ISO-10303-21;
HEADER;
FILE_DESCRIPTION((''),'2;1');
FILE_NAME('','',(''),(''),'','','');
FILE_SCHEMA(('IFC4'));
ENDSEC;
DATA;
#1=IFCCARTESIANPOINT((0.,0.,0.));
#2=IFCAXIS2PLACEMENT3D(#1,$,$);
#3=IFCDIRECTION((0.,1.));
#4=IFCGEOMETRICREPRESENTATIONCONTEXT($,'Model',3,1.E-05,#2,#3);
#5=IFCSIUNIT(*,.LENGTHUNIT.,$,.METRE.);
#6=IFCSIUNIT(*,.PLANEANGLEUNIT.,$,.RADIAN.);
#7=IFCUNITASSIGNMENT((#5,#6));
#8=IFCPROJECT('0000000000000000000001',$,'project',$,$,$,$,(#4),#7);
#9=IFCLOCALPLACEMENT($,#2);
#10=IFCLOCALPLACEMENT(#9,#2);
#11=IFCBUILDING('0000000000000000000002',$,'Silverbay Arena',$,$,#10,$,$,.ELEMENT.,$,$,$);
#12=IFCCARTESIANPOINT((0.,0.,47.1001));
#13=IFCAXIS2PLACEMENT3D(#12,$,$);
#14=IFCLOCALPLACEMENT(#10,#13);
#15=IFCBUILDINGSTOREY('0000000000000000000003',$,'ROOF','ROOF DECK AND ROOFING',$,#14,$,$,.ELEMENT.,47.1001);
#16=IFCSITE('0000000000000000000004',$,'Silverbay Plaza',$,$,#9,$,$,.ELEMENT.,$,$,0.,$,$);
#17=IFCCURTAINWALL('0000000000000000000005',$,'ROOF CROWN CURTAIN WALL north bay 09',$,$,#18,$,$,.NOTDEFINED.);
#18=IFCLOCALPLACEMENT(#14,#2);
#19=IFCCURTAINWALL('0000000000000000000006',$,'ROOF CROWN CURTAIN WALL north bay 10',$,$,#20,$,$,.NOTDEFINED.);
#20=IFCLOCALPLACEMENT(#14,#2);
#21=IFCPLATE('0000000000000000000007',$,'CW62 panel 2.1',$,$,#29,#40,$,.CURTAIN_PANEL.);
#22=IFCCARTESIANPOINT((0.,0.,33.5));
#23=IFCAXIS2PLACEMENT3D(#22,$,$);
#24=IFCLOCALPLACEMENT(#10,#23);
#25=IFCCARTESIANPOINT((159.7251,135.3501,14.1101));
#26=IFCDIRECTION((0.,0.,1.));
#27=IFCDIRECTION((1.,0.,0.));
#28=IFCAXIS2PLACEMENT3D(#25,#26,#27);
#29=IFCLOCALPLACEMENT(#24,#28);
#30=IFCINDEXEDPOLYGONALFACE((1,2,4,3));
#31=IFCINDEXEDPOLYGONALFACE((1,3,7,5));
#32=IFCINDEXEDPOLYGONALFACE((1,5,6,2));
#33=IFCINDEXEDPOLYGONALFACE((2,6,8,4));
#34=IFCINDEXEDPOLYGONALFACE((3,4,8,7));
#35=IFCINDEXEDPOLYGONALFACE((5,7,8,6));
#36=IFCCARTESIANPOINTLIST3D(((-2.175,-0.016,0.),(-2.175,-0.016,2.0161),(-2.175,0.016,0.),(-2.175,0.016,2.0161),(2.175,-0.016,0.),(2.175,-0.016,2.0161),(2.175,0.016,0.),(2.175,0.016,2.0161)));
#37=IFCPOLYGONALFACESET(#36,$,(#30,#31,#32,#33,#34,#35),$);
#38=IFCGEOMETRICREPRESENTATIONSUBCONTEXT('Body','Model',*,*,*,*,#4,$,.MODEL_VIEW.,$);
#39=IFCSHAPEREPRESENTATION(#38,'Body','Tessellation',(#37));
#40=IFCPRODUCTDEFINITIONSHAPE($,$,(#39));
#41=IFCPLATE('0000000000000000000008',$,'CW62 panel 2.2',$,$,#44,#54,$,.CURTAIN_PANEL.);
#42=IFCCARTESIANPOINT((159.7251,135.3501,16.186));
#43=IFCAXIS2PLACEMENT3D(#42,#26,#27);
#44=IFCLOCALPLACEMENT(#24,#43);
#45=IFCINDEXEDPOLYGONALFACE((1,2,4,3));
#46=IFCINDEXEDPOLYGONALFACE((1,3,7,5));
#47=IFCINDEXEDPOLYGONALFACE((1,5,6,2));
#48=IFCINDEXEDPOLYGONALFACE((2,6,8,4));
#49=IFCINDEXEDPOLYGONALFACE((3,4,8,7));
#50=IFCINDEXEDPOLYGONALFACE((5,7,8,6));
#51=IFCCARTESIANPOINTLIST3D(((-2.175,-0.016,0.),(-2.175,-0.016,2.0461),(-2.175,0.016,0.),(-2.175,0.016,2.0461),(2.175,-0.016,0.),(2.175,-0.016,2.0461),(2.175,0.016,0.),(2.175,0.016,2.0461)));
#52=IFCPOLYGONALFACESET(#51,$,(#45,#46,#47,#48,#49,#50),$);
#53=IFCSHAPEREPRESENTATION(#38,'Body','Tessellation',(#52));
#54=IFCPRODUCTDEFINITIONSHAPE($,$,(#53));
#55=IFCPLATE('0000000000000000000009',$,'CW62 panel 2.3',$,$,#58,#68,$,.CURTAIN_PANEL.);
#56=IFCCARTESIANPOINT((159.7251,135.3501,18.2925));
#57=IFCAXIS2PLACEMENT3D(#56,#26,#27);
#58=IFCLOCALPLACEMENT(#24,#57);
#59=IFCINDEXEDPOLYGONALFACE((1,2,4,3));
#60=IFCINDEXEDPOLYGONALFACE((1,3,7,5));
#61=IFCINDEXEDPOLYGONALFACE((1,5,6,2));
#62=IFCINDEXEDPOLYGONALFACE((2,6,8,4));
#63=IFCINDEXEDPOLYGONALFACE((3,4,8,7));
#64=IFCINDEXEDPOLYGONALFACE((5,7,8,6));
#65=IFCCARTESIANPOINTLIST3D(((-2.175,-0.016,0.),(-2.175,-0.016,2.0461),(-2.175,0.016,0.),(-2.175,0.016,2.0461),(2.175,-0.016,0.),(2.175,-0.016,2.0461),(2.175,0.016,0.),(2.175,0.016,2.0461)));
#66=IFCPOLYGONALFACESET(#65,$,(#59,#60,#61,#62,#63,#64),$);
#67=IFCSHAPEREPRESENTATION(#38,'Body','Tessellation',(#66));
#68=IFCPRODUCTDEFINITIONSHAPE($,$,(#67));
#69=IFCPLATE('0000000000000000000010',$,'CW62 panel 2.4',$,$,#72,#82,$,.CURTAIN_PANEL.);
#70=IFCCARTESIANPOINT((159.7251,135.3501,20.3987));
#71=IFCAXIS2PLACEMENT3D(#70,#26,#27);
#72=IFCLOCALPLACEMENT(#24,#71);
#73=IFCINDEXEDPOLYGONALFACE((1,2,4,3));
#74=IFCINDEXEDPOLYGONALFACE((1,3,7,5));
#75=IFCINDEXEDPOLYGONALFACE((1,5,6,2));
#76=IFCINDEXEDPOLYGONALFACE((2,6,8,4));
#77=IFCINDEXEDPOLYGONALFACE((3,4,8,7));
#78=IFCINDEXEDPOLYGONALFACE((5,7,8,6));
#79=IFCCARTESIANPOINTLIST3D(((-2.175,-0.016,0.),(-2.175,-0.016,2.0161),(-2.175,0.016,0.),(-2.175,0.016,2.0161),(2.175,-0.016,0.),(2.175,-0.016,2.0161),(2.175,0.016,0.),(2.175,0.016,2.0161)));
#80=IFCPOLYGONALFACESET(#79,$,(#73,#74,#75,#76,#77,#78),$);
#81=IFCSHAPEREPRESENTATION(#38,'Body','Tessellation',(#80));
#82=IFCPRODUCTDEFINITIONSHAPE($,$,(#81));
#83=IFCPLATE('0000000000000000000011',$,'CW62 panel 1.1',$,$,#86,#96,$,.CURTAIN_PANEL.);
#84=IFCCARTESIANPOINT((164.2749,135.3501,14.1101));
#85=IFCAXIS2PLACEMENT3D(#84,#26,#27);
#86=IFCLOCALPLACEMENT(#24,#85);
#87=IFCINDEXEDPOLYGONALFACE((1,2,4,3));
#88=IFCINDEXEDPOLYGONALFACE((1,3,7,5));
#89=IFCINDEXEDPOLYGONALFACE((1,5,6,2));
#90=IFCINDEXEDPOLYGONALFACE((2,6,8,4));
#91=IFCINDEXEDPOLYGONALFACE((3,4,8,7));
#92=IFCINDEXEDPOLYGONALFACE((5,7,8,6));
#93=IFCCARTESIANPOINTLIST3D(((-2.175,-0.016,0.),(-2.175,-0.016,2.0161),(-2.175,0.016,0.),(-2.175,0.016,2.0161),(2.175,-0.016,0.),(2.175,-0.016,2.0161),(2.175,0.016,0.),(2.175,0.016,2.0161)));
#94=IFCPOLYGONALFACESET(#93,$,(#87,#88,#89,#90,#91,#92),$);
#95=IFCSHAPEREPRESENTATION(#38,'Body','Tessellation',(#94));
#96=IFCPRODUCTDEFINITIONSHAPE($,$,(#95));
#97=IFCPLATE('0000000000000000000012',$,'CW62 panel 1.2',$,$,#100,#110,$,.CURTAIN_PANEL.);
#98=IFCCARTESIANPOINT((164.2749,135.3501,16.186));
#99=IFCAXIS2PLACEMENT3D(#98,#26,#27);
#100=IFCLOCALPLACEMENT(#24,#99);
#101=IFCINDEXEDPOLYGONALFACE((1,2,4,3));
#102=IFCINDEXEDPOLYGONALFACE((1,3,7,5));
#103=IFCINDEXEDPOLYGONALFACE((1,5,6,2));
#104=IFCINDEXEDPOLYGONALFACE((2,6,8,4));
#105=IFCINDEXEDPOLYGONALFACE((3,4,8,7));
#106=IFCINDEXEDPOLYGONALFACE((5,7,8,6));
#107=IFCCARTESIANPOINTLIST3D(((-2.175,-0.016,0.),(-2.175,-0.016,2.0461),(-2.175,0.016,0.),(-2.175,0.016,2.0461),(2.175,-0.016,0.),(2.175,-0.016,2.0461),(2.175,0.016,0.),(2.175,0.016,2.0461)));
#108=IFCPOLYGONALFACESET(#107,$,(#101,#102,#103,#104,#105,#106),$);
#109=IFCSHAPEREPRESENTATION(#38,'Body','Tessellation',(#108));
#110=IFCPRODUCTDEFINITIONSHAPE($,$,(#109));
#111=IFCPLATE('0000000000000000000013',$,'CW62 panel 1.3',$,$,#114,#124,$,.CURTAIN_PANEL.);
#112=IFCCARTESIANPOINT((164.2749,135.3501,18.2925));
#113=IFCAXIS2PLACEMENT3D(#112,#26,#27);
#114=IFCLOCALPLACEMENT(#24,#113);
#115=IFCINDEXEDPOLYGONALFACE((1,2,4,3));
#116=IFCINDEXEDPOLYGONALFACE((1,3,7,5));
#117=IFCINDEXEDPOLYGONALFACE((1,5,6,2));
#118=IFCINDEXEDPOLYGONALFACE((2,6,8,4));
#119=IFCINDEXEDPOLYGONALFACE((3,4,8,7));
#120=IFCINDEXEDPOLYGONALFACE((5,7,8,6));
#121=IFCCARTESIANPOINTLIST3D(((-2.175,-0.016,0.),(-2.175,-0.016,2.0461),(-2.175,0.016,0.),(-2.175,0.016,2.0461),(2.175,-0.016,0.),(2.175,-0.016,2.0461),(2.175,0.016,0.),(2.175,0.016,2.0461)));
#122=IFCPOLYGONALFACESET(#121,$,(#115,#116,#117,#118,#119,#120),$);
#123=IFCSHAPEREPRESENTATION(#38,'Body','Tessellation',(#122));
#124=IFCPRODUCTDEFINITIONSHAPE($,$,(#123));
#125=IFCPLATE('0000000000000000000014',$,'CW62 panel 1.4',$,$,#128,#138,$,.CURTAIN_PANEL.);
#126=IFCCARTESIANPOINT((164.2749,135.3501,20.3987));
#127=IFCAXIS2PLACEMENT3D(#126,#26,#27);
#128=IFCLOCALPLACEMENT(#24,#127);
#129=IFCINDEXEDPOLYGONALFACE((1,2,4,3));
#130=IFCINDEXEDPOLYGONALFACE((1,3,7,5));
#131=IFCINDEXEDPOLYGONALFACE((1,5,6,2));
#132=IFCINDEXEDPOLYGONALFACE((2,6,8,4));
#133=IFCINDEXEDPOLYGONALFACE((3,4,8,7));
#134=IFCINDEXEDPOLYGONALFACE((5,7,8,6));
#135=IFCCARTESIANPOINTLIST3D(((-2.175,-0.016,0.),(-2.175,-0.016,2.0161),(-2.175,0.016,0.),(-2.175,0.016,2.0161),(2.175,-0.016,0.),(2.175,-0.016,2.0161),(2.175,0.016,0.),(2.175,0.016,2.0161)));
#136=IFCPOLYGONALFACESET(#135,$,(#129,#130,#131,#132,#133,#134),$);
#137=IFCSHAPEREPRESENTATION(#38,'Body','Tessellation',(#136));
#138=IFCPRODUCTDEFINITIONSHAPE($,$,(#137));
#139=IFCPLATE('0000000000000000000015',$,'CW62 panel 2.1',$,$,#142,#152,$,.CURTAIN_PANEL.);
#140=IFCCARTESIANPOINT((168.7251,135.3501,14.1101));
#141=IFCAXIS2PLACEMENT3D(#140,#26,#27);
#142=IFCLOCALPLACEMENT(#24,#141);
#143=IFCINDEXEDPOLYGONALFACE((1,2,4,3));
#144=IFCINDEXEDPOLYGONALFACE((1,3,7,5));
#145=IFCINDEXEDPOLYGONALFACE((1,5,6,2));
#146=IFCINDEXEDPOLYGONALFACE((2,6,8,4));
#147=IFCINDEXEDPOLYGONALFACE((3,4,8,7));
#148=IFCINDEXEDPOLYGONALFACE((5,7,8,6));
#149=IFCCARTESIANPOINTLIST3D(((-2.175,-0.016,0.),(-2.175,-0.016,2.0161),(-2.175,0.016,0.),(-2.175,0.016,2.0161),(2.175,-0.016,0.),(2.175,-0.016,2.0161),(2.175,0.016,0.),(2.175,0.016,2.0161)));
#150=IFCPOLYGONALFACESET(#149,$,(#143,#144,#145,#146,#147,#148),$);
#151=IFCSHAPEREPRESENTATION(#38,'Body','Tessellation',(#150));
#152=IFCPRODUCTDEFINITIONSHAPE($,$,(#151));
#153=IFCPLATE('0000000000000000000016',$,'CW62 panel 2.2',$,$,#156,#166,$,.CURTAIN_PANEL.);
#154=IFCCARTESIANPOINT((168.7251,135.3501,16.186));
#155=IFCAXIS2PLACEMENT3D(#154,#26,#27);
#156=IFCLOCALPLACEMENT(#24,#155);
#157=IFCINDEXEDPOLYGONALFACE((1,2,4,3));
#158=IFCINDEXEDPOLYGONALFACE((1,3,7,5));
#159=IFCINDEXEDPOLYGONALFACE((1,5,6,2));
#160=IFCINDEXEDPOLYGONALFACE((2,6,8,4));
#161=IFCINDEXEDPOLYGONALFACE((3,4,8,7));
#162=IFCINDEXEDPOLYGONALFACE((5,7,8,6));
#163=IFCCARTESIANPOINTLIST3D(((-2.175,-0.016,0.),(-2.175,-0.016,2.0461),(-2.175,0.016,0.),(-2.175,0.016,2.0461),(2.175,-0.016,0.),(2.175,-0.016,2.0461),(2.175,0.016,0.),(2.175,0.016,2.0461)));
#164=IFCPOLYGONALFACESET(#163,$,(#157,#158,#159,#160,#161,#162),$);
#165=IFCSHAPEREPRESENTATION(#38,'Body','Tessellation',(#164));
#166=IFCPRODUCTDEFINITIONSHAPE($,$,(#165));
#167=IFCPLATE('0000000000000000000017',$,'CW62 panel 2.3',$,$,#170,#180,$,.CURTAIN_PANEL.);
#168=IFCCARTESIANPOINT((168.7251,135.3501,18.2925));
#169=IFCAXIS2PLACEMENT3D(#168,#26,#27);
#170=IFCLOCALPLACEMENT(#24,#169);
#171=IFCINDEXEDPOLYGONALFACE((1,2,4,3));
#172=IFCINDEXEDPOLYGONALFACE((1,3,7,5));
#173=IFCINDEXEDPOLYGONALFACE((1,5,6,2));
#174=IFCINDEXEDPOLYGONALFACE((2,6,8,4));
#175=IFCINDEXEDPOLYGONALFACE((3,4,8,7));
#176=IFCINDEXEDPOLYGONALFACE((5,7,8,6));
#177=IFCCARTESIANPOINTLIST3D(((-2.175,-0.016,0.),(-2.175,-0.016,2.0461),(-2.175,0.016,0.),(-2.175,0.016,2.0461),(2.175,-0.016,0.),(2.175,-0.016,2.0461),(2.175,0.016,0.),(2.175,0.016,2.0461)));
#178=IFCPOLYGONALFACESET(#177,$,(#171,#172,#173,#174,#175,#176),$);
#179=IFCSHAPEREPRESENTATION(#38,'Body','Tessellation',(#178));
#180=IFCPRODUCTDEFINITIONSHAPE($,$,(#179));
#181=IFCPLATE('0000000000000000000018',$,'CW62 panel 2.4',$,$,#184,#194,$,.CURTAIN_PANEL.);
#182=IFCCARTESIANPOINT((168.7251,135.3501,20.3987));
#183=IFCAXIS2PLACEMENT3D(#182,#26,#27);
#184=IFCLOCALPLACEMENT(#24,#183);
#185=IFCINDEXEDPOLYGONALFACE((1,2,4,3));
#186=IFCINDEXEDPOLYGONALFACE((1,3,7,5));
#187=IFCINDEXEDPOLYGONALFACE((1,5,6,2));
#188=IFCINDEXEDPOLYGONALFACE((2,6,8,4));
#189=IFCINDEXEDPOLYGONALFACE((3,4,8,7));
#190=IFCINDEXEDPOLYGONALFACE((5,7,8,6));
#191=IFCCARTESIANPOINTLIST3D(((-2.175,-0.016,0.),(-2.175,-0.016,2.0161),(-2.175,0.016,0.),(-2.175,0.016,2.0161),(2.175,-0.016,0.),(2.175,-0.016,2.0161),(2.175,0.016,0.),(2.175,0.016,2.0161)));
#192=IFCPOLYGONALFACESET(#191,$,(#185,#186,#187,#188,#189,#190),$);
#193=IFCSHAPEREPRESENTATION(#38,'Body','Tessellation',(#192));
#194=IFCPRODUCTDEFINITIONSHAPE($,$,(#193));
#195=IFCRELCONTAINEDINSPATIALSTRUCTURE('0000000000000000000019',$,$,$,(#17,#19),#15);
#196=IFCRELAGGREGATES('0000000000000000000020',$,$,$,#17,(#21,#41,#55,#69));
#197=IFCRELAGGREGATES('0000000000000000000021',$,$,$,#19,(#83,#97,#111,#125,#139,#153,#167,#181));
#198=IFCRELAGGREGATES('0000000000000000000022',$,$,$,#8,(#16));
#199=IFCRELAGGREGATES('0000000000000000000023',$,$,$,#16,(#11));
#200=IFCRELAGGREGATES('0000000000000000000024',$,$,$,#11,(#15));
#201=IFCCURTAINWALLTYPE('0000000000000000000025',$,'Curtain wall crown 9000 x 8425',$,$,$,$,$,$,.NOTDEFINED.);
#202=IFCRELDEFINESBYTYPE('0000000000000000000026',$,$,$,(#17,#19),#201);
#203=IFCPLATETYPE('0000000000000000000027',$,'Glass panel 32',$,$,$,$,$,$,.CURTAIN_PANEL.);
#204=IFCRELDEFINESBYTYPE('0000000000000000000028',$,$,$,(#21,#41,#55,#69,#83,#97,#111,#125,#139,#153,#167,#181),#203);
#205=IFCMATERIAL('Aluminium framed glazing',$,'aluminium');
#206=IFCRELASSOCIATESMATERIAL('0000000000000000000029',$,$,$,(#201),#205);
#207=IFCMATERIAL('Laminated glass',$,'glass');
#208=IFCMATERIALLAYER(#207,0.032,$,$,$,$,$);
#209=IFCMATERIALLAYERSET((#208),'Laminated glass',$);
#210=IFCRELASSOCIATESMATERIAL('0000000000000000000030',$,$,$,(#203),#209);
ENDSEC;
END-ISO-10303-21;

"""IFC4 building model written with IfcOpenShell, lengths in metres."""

from ifc_helpers import new_model, si_unit, direction, frame, origin, origin_2d, place, context, subcontext, project, spatial, rectangle, extrude, material, layer, layer_set, type_object, element, aggregate, save


model = new_model("IFC4")

# Units and contexts
model_context = context("Model", 3, precision=1e-05, world=origin(), true_north=direction((0.0, 1.0)))
body_context = subcontext(model_context, "Body", "Model", "MODEL_VIEW")
ifc_project = project(units=[si_unit("LENGTHUNIT", "METRE"), si_unit("PLANEANGLEUNIT", "RADIAN")], contexts=[model_context])

# Site, building, storey
site_placement = place(None, origin())
site = spatial("IfcSite", under=ifc_project, at=site_placement, Name="Silverbay Plaza", CompositionType="ELEMENT", RefElevation=0.0)
building_placement = place(site_placement, origin())
building = spatial("IfcBuilding", under=site, at=building_placement, Name="Silverbay Arena", CompositionType="ELEMENT")
storey_placement = place(building_placement, frame((0.0, 0.0, 47.1001)))
storey = spatial("IfcBuildingStorey", under=building, at=storey_placement, Name="ROOF", Description="ROOF DECK AND ROOFING", CompositionType="ELEMENT", Elevation=47.1001)

# Curtain wall
ifc_material_1 = material(Name="Aluminium framed glazing", Category="aluminium")
curtain_wall_type = type_object("IfcCurtainWallType", Name="Curtain wall crown 9000 x 8425", PredefinedType="NOTDEFINED", material=ifc_material_1)
curtain_wall_1_placement = place(storey_placement, origin())
curtain_wall_1 = element("IfcCurtainWall", 1, at=curtain_wall_1_placement, inside=storey, type_object=curtain_wall_type, Name="ROOF CROWN CURTAIN WALL north bay 09", PredefinedType="NOTDEFINED")
placement = place(building_placement, frame((0.0, 0.0, 33.5)))

# Curtain wall
curtain_wall_2_placement = place(storey_placement, origin())
curtain_wall_2 = element("IfcCurtainWall", 2, at=curtain_wall_2_placement, inside=storey, type_object=curtain_wall_type, Name="ROOF CROWN CURTAIN WALL north bay 10", PredefinedType="NOTDEFINED")

# Plates
ifc_material_2 = material(Name="Laminated glass", Category="glass")
ifc_layer_1 = layer(ifc_material_2, 0.032)
ifc_layer_set_1 = layer_set([ifc_layer_1], Name="Laminated glass")
plate_type = type_object("IfcPlateType", Name="Glass panel 32", PredefinedType="CURTAIN_PANEL", material=ifc_layer_set_1)
plate_1_placement = place(placement, frame((159.7251, 135.3501, 14.1101), z_axis=(0.0, 0.0, 1.0), x_axis=(1.0, 0.0, 0.0)))
plate_1 = element("IfcPlate", 3, at=plate_1_placement, type_object=plate_type, Name="CW62 panel 2.1", PredefinedType="CURTAIN_PANEL", context=body_context, shape_type="SweptSolid", body=[
    extrude(rectangle(XDim=4.3501, YDim=0.032, at=origin_2d()), origin(), (0.0, 0.0, 1.0), 2.0161),
])
plate_2_placement = place(placement, frame((159.7251, 135.3501, 16.186), z_axis=(0.0, 0.0, 1.0), x_axis=(1.0, 0.0, 0.0)))
plate_2 = element("IfcPlate", 4, at=plate_2_placement, type_object=plate_type, Name="CW62 panel 2.2", PredefinedType="CURTAIN_PANEL", context=body_context, shape_type="SweptSolid", body=[
    extrude(rectangle(XDim=4.3501, YDim=0.032, at=origin_2d()), origin(), (0.0, 0.0, 1.0), 2.0461),
])
plate_3_placement = place(placement, frame((159.7251, 135.3501, 18.2925), z_axis=(0.0, 0.0, 1.0), x_axis=(1.0, 0.0, 0.0)))
plate_3 = element("IfcPlate", 5, at=plate_3_placement, type_object=plate_type, Name="CW62 panel 2.3", PredefinedType="CURTAIN_PANEL", context=body_context, shape_type="SweptSolid", body=[
    extrude(rectangle(XDim=4.3501, YDim=0.032, at=origin_2d()), origin(), (0.0, 0.0, 1.0), 2.0461),
])
plate_4_placement = place(placement, frame((159.7251, 135.3501, 20.3987), z_axis=(0.0, 0.0, 1.0), x_axis=(1.0, 0.0, 0.0)))
plate_4 = element("IfcPlate", 6, at=plate_4_placement, type_object=plate_type, Name="CW62 panel 2.4", PredefinedType="CURTAIN_PANEL", context=body_context, shape_type="SweptSolid", body=[
    extrude(rectangle(XDim=4.3501, YDim=0.032, at=origin_2d()), origin(), (0.0, 0.0, 1.0), 2.0161),
])
aggregate(curtain_wall_1, [plate_1, plate_2, plate_3, plate_4])
plate_5_placement = place(placement, frame((164.2749, 135.3501, 14.1101), z_axis=(0.0, 0.0, 1.0), x_axis=(1.0, 0.0, 0.0)))
plate_5 = element("IfcPlate", 7, at=plate_5_placement, type_object=plate_type, Name="CW62 panel 1.1", PredefinedType="CURTAIN_PANEL", context=body_context, shape_type="SweptSolid", body=[
    extrude(rectangle(XDim=4.3501, YDim=0.032, at=origin_2d()), origin(), (0.0, 0.0, 1.0), 2.0161),
])
plate_6_placement = place(placement, frame((164.2749, 135.3501, 16.186), z_axis=(0.0, 0.0, 1.0), x_axis=(1.0, 0.0, 0.0)))
plate_6 = element("IfcPlate", 8, at=plate_6_placement, type_object=plate_type, Name="CW62 panel 1.2", PredefinedType="CURTAIN_PANEL", context=body_context, shape_type="SweptSolid", body=[
    extrude(rectangle(XDim=4.3501, YDim=0.032, at=origin_2d()), origin(), (0.0, 0.0, 1.0), 2.0461),
])
plate_7_placement = place(placement, frame((164.2749, 135.3501, 18.2925), z_axis=(0.0, 0.0, 1.0), x_axis=(1.0, 0.0, 0.0)))
plate_7 = element("IfcPlate", 9, at=plate_7_placement, type_object=plate_type, Name="CW62 panel 1.3", PredefinedType="CURTAIN_PANEL", context=body_context, shape_type="SweptSolid", body=[
    extrude(rectangle(XDim=4.3501, YDim=0.032, at=origin_2d()), origin(), (0.0, 0.0, 1.0), 2.0461),
])
plate_8_placement = place(placement, frame((164.2749, 135.3501, 20.3987), z_axis=(0.0, 0.0, 1.0), x_axis=(1.0, 0.0, 0.0)))
plate_8 = element("IfcPlate", 10, at=plate_8_placement, type_object=plate_type, Name="CW62 panel 1.4", PredefinedType="CURTAIN_PANEL", context=body_context, shape_type="SweptSolid", body=[
    extrude(rectangle(XDim=4.3501, YDim=0.032, at=origin_2d()), origin(), (0.0, 0.0, 1.0), 2.0161),
])
plate_9_placement = place(placement, frame((168.7251, 135.3501, 14.1101), z_axis=(0.0, 0.0, 1.0), x_axis=(1.0, 0.0, 0.0)))
plate_9 = element("IfcPlate", 11, at=plate_9_placement, type_object=plate_type, Name="CW62 panel 2.1", PredefinedType="CURTAIN_PANEL", context=body_context, shape_type="SweptSolid", body=[
    extrude(rectangle(XDim=4.3501, YDim=0.032, at=origin_2d()), origin(), (0.0, 0.0, 1.0), 2.0161),
])
plate_10_placement = place(placement, frame((168.7251, 135.3501, 16.186), z_axis=(0.0, 0.0, 1.0), x_axis=(1.0, 0.0, 0.0)))
plate_10 = element("IfcPlate", 12, at=plate_10_placement, type_object=plate_type, Name="CW62 panel 2.2", PredefinedType="CURTAIN_PANEL", context=body_context, shape_type="SweptSolid", body=[
    extrude(rectangle(XDim=4.3501, YDim=0.032, at=origin_2d()), origin(), (0.0, 0.0, 1.0), 2.0461),
])
plate_11_placement = place(placement, frame((168.7251, 135.3501, 18.2925), z_axis=(0.0, 0.0, 1.0), x_axis=(1.0, 0.0, 0.0)))
plate_11 = element("IfcPlate", 13, at=plate_11_placement, type_object=plate_type, Name="CW62 panel 2.3", PredefinedType="CURTAIN_PANEL", context=body_context, shape_type="SweptSolid", body=[
    extrude(rectangle(XDim=4.3501, YDim=0.032, at=origin_2d()), origin(), (0.0, 0.0, 1.0), 2.0461),
])
plate_12_placement = place(placement, frame((168.7251, 135.3501, 20.3987), z_axis=(0.0, 0.0, 1.0), x_axis=(1.0, 0.0, 0.0)))
plate_12 = element("IfcPlate", 14, at=plate_12_placement, type_object=plate_type, Name="CW62 panel 2.4", PredefinedType="CURTAIN_PANEL", context=body_context, shape_type="SweptSolid", body=[
    extrude(rectangle(XDim=4.3501, YDim=0.032, at=origin_2d()), origin(), (0.0, 0.0, 1.0), 2.0161),
])
aggregate(curtain_wall_2, [plate_5, plate_6, plate_7, plate_8, plate_9, plate_10, plate_11, plate_12])

save(model, "model.ifc")
